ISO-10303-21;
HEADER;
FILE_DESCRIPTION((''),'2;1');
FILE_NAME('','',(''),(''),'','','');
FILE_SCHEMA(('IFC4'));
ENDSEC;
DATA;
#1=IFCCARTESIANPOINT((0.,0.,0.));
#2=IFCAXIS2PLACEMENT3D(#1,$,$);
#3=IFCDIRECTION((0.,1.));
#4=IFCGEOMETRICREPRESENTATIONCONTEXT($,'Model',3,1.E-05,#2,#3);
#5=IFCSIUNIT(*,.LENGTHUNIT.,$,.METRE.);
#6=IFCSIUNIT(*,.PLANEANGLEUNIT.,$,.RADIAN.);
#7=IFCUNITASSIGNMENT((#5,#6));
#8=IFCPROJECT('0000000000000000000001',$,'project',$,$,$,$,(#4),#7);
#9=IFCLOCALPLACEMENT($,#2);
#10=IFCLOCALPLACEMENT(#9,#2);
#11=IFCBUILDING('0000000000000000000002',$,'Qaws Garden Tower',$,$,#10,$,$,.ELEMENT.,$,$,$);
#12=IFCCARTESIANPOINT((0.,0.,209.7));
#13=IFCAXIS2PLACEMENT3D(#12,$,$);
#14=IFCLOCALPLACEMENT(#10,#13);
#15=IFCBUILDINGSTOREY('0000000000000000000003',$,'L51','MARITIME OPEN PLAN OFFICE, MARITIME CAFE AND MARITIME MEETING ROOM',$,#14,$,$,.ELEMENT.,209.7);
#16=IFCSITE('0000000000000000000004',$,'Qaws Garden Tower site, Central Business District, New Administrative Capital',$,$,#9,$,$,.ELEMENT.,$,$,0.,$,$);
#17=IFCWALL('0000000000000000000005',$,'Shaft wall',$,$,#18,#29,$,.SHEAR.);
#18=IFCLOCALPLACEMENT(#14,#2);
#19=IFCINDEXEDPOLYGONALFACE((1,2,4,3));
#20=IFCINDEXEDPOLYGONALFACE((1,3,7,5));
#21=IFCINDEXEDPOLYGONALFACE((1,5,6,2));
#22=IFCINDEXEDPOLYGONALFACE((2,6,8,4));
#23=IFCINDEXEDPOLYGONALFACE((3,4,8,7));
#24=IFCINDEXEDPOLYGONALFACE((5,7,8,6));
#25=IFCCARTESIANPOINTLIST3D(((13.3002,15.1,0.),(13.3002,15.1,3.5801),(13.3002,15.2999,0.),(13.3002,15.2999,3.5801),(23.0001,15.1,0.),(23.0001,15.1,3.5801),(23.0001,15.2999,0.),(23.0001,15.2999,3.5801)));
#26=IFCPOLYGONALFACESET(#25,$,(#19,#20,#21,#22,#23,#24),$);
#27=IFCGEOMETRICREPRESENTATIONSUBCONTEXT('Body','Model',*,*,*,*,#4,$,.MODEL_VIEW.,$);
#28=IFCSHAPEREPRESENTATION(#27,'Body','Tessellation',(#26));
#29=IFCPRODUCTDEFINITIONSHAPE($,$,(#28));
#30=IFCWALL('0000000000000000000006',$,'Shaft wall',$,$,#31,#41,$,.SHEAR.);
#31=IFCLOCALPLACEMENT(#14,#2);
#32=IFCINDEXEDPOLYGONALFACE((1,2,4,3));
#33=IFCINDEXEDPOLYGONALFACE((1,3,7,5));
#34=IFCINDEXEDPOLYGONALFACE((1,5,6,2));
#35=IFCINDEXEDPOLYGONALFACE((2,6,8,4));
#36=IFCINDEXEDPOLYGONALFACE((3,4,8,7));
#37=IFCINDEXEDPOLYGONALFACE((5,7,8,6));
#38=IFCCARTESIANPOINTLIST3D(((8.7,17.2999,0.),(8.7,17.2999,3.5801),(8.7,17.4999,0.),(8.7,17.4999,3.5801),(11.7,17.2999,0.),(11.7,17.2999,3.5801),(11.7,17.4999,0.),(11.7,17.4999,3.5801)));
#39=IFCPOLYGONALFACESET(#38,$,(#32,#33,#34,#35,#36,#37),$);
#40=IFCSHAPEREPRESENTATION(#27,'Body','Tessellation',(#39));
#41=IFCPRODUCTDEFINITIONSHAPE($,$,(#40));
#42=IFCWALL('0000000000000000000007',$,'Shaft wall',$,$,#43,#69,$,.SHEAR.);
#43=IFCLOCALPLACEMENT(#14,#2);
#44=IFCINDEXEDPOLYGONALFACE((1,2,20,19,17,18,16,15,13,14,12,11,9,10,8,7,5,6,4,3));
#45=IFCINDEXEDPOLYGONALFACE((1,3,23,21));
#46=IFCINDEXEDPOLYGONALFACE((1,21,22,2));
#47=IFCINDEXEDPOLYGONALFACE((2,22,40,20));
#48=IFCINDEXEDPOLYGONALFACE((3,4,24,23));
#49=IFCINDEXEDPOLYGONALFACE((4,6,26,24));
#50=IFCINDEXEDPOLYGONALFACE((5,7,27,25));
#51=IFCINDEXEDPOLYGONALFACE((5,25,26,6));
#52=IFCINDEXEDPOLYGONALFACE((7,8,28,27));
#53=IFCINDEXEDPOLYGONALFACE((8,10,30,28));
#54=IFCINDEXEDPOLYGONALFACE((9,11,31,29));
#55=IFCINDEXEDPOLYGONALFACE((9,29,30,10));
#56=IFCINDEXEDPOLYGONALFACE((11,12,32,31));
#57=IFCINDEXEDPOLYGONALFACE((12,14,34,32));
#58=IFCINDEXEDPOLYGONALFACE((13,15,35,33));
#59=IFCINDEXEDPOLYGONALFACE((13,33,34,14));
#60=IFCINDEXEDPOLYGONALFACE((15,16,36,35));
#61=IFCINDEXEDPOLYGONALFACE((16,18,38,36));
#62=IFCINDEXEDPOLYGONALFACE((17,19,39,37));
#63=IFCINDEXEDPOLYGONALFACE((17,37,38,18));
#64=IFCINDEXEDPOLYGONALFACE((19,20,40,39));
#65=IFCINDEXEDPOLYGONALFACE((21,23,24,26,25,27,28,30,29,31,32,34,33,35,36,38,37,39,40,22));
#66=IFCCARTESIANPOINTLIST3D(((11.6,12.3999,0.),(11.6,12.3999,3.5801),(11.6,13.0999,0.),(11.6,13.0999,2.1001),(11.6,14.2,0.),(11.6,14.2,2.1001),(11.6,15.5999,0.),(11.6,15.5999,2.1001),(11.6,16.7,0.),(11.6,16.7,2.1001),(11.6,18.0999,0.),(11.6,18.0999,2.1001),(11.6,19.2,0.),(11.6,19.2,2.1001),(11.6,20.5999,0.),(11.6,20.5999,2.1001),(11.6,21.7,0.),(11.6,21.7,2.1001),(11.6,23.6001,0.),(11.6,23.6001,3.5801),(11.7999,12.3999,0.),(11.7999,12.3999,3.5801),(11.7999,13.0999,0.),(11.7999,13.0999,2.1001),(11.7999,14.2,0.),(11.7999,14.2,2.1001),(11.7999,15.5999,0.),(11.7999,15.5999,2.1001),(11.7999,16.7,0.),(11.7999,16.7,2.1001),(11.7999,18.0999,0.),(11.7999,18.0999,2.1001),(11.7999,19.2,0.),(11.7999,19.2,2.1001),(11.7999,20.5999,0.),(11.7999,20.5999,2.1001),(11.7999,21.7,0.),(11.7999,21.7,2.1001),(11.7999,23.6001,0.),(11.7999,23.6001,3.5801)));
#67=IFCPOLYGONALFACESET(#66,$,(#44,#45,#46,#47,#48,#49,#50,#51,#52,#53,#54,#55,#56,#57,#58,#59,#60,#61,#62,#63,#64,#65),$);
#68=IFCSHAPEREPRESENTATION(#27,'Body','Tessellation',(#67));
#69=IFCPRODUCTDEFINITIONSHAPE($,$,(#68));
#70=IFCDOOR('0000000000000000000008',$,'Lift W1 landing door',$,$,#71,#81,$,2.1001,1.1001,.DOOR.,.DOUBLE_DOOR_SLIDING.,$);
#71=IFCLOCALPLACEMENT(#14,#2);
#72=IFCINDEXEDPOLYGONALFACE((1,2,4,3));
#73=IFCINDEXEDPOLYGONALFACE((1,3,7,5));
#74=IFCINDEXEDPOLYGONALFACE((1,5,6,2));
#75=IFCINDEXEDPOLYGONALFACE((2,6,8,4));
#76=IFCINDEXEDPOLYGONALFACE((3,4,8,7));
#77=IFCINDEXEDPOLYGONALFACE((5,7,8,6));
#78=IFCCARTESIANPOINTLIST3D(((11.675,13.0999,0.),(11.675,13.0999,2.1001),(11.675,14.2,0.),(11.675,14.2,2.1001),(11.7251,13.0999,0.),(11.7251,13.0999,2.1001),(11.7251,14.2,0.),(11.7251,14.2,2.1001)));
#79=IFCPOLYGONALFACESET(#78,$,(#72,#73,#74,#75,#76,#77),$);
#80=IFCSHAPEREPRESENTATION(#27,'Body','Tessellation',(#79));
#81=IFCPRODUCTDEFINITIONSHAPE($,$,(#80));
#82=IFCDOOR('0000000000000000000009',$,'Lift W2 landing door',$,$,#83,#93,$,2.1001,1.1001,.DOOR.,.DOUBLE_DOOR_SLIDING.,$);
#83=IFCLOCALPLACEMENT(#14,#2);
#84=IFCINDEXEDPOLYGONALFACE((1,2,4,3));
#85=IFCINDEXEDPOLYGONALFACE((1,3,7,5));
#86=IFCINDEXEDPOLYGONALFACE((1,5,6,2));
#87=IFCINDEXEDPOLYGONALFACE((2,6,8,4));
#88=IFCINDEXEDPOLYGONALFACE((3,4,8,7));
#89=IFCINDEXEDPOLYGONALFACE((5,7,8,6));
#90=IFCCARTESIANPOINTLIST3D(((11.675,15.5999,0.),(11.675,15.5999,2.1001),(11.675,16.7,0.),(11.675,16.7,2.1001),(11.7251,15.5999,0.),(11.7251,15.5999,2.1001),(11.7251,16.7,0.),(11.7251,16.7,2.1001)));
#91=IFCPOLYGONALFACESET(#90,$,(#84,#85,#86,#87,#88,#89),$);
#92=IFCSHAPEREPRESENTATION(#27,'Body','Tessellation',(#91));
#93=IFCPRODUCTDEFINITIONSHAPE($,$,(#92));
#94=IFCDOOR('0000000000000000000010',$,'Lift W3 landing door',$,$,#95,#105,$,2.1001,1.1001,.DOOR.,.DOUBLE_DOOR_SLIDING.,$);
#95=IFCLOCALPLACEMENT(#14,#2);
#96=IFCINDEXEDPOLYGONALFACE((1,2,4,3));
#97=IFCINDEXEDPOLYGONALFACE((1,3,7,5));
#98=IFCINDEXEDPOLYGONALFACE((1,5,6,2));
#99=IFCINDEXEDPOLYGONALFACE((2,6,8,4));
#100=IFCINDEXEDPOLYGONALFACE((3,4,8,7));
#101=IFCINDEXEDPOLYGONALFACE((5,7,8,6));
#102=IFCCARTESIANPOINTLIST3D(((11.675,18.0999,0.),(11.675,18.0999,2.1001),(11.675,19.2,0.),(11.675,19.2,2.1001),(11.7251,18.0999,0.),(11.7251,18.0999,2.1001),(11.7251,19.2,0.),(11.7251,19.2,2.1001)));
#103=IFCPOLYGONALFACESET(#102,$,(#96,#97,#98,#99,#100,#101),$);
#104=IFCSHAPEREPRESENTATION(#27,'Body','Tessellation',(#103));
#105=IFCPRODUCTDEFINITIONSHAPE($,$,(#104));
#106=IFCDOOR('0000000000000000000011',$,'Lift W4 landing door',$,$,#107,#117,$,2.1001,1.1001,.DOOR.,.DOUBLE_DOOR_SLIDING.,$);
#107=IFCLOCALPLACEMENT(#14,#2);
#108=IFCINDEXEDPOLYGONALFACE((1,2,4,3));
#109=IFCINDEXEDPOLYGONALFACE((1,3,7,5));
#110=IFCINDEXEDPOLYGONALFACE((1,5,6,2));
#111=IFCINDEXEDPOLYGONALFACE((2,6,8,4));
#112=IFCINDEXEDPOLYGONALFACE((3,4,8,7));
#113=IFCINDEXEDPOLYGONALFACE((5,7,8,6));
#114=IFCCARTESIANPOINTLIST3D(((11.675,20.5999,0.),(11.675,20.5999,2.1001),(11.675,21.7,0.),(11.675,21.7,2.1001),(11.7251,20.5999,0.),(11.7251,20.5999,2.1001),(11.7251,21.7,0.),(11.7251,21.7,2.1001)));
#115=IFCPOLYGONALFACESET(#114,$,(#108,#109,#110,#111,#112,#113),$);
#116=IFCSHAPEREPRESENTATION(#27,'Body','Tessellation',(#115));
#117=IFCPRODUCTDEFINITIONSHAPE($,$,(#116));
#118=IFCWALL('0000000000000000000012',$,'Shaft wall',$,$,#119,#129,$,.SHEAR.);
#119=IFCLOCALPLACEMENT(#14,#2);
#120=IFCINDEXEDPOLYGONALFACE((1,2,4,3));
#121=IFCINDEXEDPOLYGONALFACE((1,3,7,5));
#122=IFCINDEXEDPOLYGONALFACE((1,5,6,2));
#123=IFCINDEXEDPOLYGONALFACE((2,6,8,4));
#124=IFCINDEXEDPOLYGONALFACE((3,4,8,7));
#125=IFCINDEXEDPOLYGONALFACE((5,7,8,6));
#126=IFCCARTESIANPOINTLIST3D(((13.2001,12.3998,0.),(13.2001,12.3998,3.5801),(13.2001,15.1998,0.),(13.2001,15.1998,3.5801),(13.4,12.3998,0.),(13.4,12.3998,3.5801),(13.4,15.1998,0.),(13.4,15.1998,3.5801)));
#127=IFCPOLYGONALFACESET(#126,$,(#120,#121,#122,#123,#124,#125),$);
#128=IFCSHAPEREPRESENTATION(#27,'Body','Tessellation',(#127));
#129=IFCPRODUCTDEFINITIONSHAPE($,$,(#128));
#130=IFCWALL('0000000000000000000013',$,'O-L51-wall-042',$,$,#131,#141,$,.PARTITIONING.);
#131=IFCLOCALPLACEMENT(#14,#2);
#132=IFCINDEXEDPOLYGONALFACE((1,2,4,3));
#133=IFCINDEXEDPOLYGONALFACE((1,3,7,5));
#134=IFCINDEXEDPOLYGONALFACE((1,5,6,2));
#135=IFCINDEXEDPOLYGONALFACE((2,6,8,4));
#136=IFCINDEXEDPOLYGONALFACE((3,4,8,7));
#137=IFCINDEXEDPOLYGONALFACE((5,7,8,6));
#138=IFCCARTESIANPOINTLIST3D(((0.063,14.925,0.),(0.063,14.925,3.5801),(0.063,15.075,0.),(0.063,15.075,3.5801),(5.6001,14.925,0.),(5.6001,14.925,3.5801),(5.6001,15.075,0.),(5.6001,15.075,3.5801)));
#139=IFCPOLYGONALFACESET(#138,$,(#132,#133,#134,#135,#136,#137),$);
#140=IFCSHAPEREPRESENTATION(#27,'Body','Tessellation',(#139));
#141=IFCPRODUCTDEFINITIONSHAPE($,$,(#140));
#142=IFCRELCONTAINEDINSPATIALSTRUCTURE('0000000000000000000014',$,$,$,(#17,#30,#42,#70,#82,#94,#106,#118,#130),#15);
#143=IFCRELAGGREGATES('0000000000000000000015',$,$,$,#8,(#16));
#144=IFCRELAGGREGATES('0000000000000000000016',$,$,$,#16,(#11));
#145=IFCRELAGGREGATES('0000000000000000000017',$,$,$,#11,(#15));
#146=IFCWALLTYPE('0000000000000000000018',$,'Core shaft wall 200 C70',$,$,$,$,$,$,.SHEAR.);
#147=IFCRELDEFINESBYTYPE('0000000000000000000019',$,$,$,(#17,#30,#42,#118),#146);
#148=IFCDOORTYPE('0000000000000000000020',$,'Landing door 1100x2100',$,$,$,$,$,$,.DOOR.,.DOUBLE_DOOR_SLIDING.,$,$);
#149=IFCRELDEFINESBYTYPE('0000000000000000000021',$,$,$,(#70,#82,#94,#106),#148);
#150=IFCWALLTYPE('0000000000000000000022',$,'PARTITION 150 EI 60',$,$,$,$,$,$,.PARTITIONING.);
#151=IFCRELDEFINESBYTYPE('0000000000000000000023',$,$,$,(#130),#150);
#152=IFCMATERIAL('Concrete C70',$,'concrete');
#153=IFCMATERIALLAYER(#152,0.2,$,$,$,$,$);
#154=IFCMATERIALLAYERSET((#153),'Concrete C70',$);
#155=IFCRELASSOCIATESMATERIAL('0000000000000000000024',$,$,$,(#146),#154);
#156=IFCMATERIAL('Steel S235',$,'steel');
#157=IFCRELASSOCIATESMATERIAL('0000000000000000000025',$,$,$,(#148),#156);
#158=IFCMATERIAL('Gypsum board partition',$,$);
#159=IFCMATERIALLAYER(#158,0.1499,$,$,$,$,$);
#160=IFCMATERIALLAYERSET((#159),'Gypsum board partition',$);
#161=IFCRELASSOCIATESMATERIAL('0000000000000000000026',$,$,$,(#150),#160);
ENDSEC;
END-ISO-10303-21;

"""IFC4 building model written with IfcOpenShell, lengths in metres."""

from ifc_helpers import new_model, si_unit, direction, frame, frame_2d, origin, place, context, subcontext, project, spatial, rectangle, extrude, material, layer, layer_set, type_object, element, fill, save


model = new_model("IFC4")

# Units and contexts
model_context = context("Model", 3, precision=1e-05, world=origin(), true_north=direction((0.0, 1.0)))
body_context = subcontext(model_context, "Body", "Model", "MODEL_VIEW")
ifc_project = project(units=[si_unit("LENGTHUNIT", "METRE"), si_unit("PLANEANGLEUNIT", "RADIAN")], contexts=[model_context])

# Site, building, storey
site_placement = place(None, origin())
site = spatial("IfcSite", under=ifc_project, at=site_placement, Name="Qaws Garden Tower site, Central Business District, New Administrative Capital", CompositionType="ELEMENT", RefElevation=0.0)
building_placement = place(site_placement, origin())
building = spatial("IfcBuilding", under=site, at=building_placement, Name="Qaws Garden Tower", CompositionType="ELEMENT")
storey_placement = place(building_placement, frame((0.0, 0.0, 209.7)))
storey = spatial("IfcBuildingStorey", under=building, at=storey_placement, Name="L51", Description="MARITIME OPEN PLAN OFFICE, MARITIME CAFE AND MARITIME MEETING ROOM", CompositionType="ELEMENT", Elevation=209.7)

# Shared definitions
ifc_material_1 = material(Name="Concrete C70", Category="concrete")
ifc_layer_1 = layer(ifc_material_1, 0.2)
ifc_layer_set_1 = layer_set([ifc_layer_1], Name="Concrete C70")
wall_type_1 = type_object("IfcWallType", Name="Core shaft wall 200 C70", PredefinedType="SHEAR", material=ifc_layer_set_1)

# Shared definitions
ifc_material_2 = material(Name="Steel S235", Category="steel")
door_type_1 = type_object("IfcDoorType", Name="Landing door 1100x2100", OperationType="DOUBLE_DOOR_SLIDING", PredefinedType="DOOR", material=ifc_material_2)

# Walls
wall_1_placement = place(storey_placement, frame((13.3, 15.2, 0.0), z_axis=(0.0, 0.0, 1.0), x_axis=(1.0, 0.0, 0.0)))
element("IfcWall", 1, at=wall_1_placement, inside=storey, type_object=wall_type_1, Name="Shaft wall", PredefinedType="SHEAR", context=body_context, shape_type="SweptSolid", body=[
    extrude(rectangle(XDim=9.7, YDim=0.2, at=frame_2d((4.8501, 0.0))), origin(), (0.0, 0.0, 1.0), 3.5801),
])
wall_2_placement = place(storey_placement, frame((8.7, 17.3999, 0.0), z_axis=(0.0, 0.0, 1.0), x_axis=(1.0, 0.0, 0.0)))
element("IfcWall", 2, at=wall_2_placement, inside=storey, type_object=wall_type_1, Name="Shaft wall", PredefinedType="SHEAR", context=body_context, shape_type="SweptSolid", body=[
    extrude(rectangle(XDim=3.0, YDim=0.2, at=frame_2d((1.5, 0.0))), origin(), (0.0, 0.0, 1.0), 3.5801),
])

# Wall, openings, doors
wall_3_placement = place(storey_placement, frame((11.7, 12.3999, 0.0), z_axis=(0.0, 0.0, 1.0), x_axis=(0.0, 1.0, 0.0)))
wall_3 = element("IfcWall", 3, at=wall_3_placement, inside=storey, type_object=wall_type_1, Name="Shaft wall", PredefinedType="SHEAR", context=body_context, shape_type="SweptSolid", body=[
    extrude(rectangle(XDim=11.2002, YDim=0.2, at=frame_2d((5.6001, 0.0))), origin(), (0.0, 0.0, 1.0), 3.5801),
])
opening_1_placement = place(wall_3_placement, frame((0.7, 0.0, 0.0)))
opening_1 = element("IfcOpeningElement", 4, at=opening_1_placement, cuts=wall_3, PredefinedType="OPENING", context=body_context, shape_type="SweptSolid", body=[
    extrude(rectangle(XDim=1.1001, YDim=2.1001, at=frame_2d((0.55, 1.05))), frame((0.0, 0.1099, 0.0), z_axis=(0.0, -1.0, 0.0), x_axis=(1.0, 0.0, 0.0)), (0.0, 0.0, 1.0), 0.22),
])
opening_2_placement = place(wall_3_placement, frame((3.2, 0.0, 0.0)))
opening_2 = element("IfcOpeningElement", 5, at=opening_2_placement, cuts=wall_3, PredefinedType="OPENING", context=body_context, shape_type="SweptSolid", body=[
    extrude(rectangle(XDim=1.1001, YDim=2.1001, at=frame_2d((0.55, 1.05))), frame((0.0, 0.1099, 0.0), z_axis=(0.0, -1.0, 0.0), x_axis=(1.0, 0.0, 0.0)), (0.0, 0.0, 1.0), 0.22),
])
opening_3_placement = place(wall_3_placement, frame((5.7, 0.0, 0.0)))
opening_3 = element("IfcOpeningElement", 6, at=opening_3_placement, cuts=wall_3, PredefinedType="OPENING", context=body_context, shape_type="SweptSolid", body=[
    extrude(rectangle(XDim=1.1001, YDim=2.1001, at=frame_2d((0.55, 1.05))), frame((0.0, 0.1099, 0.0), z_axis=(0.0, -1.0, 0.0), x_axis=(1.0, 0.0, 0.0)), (0.0, 0.0, 1.0), 0.22),
])
opening_4_placement = place(wall_3_placement, frame((8.2, 0.0, 0.0)))
opening_4 = element("IfcOpeningElement", 7, at=opening_4_placement, cuts=wall_3, PredefinedType="OPENING", context=body_context, shape_type="SweptSolid", body=[
    extrude(rectangle(XDim=1.1001, YDim=2.1001, at=frame_2d((0.55, 1.05))), frame((0.0, 0.1099, 0.0), z_axis=(0.0, -1.0, 0.0), x_axis=(1.0, 0.0, 0.0)), (0.0, 0.0, 1.0), 0.22),
])
door_1_placement = place(opening_1_placement, origin())
door_1 = element("IfcDoor", 8, at=door_1_placement, inside=storey, type_object=door_type_1, Name="Lift W1 landing door", OperationType="DOUBLE_DOOR_SLIDING", OverallHeight=2.1001, OverallWidth=1.1001, PredefinedType="DOOR", context=body_context, shape_type="SweptSolid", body=[
    extrude(rectangle(XDim=1.1001, YDim=2.1001, at=frame_2d((0.55, 1.05))), frame((0.0, 0.0249, 0.0), z_axis=(0.0, -1.0, 0.0), x_axis=(1.0, 0.0, 0.0)), (0.0, 0.0, 1.0), 0.05),
])
fill(opening_1, door_1)
door_2_placement = place(opening_2_placement, origin())
door_2 = element("IfcDoor", 9, at=door_2_placement, inside=storey, type_object=door_type_1, Name="Lift W2 landing door", OperationType="DOUBLE_DOOR_SLIDING", OverallHeight=2.1001, OverallWidth=1.1001, PredefinedType="DOOR", context=body_context, shape_type="SweptSolid", body=[
    extrude(rectangle(XDim=1.1001, YDim=2.1001, at=frame_2d((0.55, 1.05))), frame((0.0, 0.0249, 0.0), z_axis=(0.0, -1.0, 0.0), x_axis=(1.0, 0.0, 0.0)), (0.0, 0.0, 1.0), 0.05),
])
fill(opening_2, door_2)
door_3_placement = place(opening_3_placement, origin())
door_3 = element("IfcDoor", 10, at=door_3_placement, inside=storey, type_object=door_type_1, Name="Lift W3 landing door", OperationType="DOUBLE_DOOR_SLIDING", OverallHeight=2.1001, OverallWidth=1.1001, PredefinedType="DOOR", context=body_context, shape_type="SweptSolid", body=[
    extrude(rectangle(XDim=1.1001, YDim=2.1001, at=frame_2d((0.55, 1.05))), frame((0.0, 0.0249, 0.0), z_axis=(0.0, -1.0, 0.0), x_axis=(1.0, 0.0, 0.0)), (0.0, 0.0, 1.0), 0.05),
])
fill(opening_3, door_3)
door_4_placement = place(opening_4_placement, origin())
door_4 = element("IfcDoor", 11, at=door_4_placement, inside=storey, type_object=door_type_1, Name="Lift W4 landing door", OperationType="DOUBLE_DOOR_SLIDING", OverallHeight=2.1001, OverallWidth=1.1001, PredefinedType="DOOR", context=body_context, shape_type="SweptSolid", body=[
    extrude(rectangle(XDim=1.1001, YDim=2.1001, at=frame_2d((0.55, 1.05))), frame((0.0, 0.0249, 0.0), z_axis=(0.0, -1.0, 0.0), x_axis=(1.0, 0.0, 0.0)), (0.0, 0.0, 1.0), 0.05),
])
fill(opening_4, door_4)

# Walls
wall_4_placement = place(storey_placement, frame((13.3, 12.3999, 0.0), z_axis=(0.0, 0.0, 1.0), x_axis=(0.0, 1.0, 0.0)))
element("IfcWall", 12, at=wall_4_placement, inside=storey, type_object=wall_type_1, Name="Shaft wall", PredefinedType="SHEAR", context=body_context, shape_type="SweptSolid", body=[
    extrude(rectangle(XDim=2.8, YDim=0.2, at=frame_2d((1.3999, 0.0))), origin(), (0.0, 0.0, 1.0), 3.5801),
])
ifc_material_3 = material(Name="Gypsum board partition")
ifc_layer_2 = layer(ifc_material_3, 0.1499)
ifc_layer_set_2 = layer_set([ifc_layer_2], Name="Gypsum board partition")
wall_type_2 = type_object("IfcWallType", Name="PARTITION 150 EI 60", PredefinedType="PARTITIONING", material=ifc_layer_set_2)
wall_5_placement = place(storey_placement, frame((0.063, 15.0, 0.0), z_axis=(0.0, 0.0, 1.0), x_axis=(1.0, 0.0, 0.0)))
element("IfcWall", 13, at=wall_5_placement, inside=storey, type_object=wall_type_2, Name="O-L51-wall-042", PredefinedType="PARTITIONING", context=body_context, shape_type="SweptSolid", body=[
    extrude(rectangle(XDim=5.5371, YDim=0.1499, at=frame_2d((2.7686, 0.0))), origin(), (0.0, 0.0, 1.0), 3.5801),
])

save(model, "model.ifc")
